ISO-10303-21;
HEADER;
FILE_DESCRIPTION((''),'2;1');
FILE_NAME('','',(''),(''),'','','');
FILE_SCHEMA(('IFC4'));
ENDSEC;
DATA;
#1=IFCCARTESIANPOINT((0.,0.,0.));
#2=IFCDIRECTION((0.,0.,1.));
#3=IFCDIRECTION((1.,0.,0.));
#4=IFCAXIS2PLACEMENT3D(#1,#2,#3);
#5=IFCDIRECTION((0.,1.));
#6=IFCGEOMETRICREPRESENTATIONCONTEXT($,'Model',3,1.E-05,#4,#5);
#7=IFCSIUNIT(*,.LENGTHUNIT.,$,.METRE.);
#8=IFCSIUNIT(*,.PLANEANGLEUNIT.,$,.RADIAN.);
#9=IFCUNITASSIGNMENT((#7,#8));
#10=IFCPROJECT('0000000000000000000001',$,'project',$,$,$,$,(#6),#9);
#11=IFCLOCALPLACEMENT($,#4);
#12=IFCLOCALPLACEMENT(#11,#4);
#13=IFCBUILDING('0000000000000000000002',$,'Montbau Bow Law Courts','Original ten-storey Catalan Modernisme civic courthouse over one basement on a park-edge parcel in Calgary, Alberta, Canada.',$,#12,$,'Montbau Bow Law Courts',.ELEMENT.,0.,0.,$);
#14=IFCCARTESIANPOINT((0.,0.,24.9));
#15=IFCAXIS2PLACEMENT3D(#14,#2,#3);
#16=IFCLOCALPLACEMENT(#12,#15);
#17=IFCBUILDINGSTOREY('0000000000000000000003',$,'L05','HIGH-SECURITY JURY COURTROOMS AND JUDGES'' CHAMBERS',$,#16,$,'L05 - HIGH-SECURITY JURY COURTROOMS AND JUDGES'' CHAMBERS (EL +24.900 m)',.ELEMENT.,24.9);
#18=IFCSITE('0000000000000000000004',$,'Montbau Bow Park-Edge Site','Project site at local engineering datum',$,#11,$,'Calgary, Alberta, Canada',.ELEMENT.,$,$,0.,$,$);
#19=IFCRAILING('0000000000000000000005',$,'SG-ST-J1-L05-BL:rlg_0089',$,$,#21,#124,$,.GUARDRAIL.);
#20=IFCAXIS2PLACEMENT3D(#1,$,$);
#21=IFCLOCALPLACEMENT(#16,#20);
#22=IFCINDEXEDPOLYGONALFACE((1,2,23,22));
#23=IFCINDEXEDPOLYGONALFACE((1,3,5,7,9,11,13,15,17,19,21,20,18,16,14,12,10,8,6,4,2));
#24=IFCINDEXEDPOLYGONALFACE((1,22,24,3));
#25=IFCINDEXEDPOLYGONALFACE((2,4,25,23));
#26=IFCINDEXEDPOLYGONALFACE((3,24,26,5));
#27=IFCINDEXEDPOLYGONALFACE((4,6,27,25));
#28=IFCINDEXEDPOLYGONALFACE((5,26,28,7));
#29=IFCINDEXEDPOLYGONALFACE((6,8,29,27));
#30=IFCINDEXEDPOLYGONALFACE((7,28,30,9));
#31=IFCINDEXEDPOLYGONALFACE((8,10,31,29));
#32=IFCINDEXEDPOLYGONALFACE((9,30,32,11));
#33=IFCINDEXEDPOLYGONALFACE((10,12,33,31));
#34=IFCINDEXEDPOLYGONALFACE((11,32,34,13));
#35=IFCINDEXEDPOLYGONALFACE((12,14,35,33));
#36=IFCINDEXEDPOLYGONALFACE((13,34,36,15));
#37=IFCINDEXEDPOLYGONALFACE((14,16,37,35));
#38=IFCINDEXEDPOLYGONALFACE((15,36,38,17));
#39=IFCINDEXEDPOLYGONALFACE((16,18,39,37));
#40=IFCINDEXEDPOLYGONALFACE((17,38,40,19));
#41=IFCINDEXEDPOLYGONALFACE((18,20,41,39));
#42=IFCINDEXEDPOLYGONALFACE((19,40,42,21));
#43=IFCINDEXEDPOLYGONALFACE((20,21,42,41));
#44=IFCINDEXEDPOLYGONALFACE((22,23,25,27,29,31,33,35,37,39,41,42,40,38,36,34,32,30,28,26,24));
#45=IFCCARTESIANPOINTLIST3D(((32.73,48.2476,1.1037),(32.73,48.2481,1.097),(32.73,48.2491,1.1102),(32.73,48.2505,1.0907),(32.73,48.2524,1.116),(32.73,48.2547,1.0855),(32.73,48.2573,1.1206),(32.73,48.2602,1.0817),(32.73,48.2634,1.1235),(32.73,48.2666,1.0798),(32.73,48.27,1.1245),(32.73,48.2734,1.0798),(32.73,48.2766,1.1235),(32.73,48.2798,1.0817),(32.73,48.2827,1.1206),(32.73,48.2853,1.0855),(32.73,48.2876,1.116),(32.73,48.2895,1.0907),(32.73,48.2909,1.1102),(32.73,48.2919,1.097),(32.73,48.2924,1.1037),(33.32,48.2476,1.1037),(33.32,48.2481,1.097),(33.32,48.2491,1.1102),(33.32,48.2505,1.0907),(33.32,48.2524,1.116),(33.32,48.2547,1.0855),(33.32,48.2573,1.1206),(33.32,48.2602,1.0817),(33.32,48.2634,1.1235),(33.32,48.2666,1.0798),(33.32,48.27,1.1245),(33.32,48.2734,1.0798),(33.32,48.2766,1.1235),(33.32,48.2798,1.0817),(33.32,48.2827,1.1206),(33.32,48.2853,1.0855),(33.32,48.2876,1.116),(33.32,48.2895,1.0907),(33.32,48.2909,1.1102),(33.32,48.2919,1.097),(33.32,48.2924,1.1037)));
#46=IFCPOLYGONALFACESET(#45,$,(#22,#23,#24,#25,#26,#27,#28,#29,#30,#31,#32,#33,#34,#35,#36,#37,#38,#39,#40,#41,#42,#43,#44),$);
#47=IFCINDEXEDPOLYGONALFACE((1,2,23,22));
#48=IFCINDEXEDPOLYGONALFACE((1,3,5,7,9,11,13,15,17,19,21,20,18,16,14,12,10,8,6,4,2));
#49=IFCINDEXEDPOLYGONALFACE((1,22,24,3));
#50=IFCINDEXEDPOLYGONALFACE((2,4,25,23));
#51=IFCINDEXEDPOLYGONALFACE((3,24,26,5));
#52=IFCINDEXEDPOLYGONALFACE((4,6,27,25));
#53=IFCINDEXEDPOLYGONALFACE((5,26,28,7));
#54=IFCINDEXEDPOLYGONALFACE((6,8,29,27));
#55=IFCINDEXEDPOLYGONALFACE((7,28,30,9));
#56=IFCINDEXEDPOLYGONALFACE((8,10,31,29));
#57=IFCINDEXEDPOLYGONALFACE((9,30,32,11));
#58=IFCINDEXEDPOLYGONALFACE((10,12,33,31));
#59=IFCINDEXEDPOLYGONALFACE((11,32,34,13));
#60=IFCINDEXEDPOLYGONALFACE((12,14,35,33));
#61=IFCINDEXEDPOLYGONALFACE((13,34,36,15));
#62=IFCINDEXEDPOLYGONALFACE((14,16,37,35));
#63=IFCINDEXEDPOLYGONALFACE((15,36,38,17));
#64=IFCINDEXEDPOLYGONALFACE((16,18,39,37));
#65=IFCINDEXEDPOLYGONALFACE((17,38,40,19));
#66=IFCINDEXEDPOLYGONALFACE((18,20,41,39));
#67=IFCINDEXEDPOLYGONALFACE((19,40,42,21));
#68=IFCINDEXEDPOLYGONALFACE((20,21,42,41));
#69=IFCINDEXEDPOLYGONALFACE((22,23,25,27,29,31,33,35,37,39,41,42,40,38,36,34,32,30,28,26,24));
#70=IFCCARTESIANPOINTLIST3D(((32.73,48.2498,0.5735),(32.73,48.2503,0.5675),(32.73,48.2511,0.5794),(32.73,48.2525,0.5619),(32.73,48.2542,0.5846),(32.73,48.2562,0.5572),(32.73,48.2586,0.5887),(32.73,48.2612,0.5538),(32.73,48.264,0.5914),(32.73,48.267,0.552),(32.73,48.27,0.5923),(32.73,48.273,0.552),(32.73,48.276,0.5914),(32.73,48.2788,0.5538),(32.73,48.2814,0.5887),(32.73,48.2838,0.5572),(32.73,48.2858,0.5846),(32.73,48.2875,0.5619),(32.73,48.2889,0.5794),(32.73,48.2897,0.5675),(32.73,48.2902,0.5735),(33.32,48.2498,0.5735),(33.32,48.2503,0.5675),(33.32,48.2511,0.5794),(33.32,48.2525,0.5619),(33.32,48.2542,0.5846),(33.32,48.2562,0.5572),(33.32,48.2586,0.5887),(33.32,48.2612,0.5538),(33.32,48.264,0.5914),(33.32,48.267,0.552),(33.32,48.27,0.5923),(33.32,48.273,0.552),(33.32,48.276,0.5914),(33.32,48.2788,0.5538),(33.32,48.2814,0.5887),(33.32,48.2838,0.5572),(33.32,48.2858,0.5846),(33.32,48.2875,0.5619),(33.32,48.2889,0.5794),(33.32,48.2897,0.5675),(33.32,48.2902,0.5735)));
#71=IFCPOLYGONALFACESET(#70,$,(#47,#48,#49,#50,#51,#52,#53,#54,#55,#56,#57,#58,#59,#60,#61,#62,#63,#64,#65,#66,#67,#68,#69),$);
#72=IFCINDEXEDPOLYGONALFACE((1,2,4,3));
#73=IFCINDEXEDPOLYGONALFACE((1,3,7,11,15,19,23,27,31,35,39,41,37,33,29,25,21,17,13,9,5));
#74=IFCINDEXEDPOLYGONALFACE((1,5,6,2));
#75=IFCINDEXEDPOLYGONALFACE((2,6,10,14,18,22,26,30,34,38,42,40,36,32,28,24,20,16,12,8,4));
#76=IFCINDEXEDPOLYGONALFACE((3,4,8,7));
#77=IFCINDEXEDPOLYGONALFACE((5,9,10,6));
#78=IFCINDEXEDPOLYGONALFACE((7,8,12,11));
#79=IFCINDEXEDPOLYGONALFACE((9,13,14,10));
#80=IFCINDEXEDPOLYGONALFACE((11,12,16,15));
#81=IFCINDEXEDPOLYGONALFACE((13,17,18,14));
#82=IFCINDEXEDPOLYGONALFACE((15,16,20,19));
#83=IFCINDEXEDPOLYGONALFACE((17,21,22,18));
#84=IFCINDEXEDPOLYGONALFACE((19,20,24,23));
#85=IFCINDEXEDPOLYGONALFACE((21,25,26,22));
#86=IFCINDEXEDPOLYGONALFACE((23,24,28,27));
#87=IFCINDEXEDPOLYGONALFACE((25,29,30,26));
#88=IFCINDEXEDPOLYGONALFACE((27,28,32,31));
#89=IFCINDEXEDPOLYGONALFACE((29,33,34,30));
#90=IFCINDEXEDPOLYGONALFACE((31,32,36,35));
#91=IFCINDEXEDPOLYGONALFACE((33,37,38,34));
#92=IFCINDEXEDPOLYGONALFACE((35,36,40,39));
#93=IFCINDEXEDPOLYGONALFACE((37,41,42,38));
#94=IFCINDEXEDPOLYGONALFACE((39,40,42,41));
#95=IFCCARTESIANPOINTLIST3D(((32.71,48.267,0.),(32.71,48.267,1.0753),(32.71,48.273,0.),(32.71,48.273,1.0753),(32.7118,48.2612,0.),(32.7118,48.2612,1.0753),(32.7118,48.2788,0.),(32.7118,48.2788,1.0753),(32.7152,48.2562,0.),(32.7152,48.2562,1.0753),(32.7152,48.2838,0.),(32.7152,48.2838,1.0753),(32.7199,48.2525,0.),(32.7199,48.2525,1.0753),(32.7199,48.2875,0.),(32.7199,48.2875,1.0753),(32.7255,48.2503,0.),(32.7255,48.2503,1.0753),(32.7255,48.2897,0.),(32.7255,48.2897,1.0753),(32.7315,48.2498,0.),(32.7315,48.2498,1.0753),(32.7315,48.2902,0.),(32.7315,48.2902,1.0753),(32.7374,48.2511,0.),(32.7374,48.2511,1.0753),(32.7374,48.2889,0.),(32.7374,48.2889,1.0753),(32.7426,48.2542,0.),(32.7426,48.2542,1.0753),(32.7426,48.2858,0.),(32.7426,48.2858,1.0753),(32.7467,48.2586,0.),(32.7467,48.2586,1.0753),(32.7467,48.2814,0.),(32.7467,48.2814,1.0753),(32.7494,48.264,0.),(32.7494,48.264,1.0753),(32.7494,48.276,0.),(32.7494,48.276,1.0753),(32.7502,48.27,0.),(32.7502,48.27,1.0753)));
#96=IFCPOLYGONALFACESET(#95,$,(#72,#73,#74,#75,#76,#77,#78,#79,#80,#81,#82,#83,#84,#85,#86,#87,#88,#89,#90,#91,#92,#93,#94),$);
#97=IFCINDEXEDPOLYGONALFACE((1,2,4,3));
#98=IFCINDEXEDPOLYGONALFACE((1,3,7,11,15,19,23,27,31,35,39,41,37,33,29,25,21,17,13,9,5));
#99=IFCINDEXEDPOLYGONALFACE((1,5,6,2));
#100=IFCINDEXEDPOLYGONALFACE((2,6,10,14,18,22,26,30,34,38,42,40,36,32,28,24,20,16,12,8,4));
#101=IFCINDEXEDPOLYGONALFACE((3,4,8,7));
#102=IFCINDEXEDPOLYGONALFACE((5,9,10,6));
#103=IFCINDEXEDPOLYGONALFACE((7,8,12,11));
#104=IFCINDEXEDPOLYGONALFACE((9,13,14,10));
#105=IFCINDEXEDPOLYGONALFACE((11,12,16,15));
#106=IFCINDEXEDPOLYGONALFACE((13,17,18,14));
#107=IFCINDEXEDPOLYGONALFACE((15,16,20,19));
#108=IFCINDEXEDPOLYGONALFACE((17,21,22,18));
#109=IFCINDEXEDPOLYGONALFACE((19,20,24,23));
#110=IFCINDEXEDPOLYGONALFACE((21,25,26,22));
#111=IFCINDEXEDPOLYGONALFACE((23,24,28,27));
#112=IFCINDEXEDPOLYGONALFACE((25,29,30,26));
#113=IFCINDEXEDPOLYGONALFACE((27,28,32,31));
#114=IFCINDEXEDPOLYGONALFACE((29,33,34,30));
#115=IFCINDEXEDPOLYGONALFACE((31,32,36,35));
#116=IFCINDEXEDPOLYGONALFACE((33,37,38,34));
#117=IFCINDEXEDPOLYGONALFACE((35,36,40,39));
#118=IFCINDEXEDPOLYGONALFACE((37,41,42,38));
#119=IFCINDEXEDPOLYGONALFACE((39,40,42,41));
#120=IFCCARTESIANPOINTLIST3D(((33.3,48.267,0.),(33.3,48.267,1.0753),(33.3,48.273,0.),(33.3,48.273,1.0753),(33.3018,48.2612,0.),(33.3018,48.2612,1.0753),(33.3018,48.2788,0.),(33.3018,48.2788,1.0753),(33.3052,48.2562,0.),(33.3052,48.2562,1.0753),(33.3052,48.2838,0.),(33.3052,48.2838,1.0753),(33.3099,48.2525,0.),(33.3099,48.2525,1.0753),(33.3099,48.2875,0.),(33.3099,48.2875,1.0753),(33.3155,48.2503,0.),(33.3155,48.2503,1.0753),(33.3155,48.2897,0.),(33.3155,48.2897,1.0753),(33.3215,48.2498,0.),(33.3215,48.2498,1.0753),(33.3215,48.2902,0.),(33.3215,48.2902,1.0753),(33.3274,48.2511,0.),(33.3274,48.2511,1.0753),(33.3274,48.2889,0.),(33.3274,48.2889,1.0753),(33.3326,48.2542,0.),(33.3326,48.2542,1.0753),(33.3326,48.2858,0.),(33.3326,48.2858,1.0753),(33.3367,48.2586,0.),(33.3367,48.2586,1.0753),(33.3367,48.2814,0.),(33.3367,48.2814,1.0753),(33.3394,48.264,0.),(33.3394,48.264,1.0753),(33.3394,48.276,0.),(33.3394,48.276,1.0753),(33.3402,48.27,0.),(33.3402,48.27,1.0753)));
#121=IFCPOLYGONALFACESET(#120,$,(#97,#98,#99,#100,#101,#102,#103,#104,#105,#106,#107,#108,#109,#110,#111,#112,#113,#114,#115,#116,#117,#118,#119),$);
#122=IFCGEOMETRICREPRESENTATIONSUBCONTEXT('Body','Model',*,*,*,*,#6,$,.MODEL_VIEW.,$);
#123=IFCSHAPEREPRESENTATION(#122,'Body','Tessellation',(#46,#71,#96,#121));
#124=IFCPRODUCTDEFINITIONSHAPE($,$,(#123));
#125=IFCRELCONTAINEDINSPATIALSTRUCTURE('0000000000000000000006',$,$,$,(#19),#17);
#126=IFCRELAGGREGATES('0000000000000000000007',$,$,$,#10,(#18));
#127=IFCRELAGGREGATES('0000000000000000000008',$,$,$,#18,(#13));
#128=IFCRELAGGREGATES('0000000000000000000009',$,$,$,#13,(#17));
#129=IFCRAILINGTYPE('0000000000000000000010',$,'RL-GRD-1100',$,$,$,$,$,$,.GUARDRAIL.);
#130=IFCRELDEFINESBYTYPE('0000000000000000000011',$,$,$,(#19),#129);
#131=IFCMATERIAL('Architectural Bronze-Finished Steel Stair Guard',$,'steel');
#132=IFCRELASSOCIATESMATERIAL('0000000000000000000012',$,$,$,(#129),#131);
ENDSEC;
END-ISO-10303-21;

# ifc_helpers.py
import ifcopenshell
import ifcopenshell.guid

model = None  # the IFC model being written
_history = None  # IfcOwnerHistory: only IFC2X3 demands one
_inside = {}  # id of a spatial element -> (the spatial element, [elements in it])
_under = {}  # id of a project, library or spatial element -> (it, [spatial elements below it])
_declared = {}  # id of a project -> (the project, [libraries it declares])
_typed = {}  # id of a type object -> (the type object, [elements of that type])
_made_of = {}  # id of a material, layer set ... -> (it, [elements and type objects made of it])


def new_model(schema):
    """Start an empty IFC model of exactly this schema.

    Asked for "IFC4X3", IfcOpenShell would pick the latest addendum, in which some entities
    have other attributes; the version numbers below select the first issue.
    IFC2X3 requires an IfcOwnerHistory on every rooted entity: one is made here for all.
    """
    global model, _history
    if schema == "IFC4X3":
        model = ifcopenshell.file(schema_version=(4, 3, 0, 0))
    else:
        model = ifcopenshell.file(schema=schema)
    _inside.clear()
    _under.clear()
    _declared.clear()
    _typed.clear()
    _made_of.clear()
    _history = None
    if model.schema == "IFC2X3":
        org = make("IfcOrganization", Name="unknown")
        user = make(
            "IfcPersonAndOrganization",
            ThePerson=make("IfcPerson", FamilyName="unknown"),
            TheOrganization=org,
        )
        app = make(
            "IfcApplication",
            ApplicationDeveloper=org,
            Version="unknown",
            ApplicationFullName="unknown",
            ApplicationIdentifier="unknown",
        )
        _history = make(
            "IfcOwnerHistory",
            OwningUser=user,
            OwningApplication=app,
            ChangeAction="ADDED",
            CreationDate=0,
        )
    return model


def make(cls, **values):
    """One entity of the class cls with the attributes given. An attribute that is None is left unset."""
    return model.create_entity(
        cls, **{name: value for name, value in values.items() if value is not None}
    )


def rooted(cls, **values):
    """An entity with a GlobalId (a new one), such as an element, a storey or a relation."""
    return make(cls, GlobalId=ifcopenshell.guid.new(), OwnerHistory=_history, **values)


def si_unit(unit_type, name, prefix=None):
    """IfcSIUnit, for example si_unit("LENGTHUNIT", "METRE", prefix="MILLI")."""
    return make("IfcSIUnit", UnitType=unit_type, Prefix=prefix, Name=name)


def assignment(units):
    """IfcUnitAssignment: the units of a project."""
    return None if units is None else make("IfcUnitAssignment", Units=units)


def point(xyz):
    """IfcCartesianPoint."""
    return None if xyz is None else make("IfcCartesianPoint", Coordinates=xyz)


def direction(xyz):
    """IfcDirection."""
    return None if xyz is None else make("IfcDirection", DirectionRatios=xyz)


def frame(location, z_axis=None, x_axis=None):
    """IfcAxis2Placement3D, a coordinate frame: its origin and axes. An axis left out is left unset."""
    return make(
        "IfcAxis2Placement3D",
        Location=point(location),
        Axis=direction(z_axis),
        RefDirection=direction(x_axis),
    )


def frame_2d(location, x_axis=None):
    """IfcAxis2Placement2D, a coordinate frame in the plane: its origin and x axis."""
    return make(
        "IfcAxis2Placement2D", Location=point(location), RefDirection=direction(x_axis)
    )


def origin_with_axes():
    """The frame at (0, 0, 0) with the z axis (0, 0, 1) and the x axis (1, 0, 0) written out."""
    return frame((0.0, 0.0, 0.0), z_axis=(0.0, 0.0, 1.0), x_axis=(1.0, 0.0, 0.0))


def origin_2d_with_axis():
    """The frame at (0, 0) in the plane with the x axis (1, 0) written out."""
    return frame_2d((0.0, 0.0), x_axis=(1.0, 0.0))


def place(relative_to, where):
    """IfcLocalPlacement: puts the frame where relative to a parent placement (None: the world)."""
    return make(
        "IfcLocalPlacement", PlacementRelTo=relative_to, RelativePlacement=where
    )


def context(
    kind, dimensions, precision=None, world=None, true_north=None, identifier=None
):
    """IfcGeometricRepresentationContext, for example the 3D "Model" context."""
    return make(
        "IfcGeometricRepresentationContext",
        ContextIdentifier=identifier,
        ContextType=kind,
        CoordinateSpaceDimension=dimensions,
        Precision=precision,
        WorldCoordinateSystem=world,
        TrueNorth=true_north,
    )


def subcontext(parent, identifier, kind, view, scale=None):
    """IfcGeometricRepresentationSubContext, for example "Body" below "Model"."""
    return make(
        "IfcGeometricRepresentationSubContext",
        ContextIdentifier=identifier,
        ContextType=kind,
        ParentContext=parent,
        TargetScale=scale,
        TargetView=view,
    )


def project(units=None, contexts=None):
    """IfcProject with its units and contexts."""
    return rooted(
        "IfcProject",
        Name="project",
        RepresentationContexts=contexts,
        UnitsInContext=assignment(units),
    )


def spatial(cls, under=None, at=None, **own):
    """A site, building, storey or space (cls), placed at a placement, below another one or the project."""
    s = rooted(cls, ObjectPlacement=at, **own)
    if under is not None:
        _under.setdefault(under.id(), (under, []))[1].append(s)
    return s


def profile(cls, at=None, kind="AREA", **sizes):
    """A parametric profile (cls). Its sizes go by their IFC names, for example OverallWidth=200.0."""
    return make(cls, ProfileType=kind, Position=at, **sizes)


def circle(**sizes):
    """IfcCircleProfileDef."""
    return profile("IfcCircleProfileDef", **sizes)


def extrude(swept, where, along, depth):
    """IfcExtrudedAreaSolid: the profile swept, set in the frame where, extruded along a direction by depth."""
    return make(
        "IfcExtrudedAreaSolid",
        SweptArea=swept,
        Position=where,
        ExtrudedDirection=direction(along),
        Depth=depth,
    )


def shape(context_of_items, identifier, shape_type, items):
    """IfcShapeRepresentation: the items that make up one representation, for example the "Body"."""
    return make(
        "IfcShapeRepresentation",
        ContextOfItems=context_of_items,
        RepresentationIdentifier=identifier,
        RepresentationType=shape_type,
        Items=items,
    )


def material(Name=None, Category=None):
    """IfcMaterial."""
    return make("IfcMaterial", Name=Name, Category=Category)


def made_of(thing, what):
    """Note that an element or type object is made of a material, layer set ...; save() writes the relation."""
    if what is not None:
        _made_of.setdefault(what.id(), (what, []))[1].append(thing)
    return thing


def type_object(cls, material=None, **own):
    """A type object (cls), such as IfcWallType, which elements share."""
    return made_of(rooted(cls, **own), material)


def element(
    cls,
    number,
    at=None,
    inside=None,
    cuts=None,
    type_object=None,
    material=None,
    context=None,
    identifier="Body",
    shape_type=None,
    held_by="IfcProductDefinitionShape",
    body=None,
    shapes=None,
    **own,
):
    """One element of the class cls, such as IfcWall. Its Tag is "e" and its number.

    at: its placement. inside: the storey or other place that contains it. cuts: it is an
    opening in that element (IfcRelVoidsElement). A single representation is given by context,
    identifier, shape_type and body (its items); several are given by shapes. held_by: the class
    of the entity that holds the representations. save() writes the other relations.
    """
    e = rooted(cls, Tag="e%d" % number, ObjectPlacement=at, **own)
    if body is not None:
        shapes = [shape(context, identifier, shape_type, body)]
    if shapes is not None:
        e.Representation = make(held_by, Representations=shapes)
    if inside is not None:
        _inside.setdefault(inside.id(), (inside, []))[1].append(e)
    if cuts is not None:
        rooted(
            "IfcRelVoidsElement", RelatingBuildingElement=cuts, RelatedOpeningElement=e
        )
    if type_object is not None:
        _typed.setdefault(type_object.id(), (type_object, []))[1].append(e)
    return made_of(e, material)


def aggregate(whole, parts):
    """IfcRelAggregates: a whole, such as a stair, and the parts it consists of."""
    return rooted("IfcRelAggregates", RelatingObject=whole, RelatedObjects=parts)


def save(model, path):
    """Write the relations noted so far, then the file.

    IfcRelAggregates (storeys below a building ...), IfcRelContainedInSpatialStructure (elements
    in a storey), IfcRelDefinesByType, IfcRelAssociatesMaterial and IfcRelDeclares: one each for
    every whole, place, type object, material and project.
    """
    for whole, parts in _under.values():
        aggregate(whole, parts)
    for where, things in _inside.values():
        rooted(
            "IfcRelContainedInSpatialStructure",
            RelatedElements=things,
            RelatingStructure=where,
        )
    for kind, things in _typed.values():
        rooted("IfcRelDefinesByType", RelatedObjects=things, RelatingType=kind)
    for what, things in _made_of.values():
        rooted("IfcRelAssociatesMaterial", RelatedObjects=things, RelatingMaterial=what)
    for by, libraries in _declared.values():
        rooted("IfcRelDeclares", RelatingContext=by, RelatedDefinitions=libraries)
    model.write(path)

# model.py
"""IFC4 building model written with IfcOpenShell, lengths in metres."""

from ifc_helpers import new_model, si_unit, direction, frame, origin_with_axes, origin_2d_with_axis, place, context, subcontext, project, spatial, circle, extrude, material, type_object, element, save


model = new_model("IFC4")

# Units and contexts
model_context = context("Model", 3, precision=1e-05, world=origin_with_axes(), true_north=direction((0.0, 1.0)))
body_context = subcontext(model_context, "Body", "Model", "MODEL_VIEW")
ifc_project = project(units=[si_unit("LENGTHUNIT", "METRE"), si_unit("PLANEANGLEUNIT", "RADIAN")], contexts=[model_context])

# Site, building, storey
site_placement = place(None, origin_with_axes())
site = spatial("IfcSite", under=ifc_project, at=site_placement, Name="Montbau Bow Park-Edge Site", Description="Project site at local engineering datum", LongName="Calgary, Alberta, Canada", CompositionType="ELEMENT", RefElevation=0.0)
building_placement = place(site_placement, origin_with_axes())
building = spatial("IfcBuilding", under=site, at=building_placement, Name="Montbau Bow Law Courts", Description="Original ten-storey Catalan Modernisme civic courthouse over one basement on a park-edge parcel in Calgary, Alberta, Canada.", LongName="Montbau Bow Law Courts", CompositionType="ELEMENT", ElevationOfRefHeight=0.0, ElevationOfTerrain=0.0)
storey_placement = place(building_placement, frame((0.0, 0.0, 24.9), z_axis=(0.0, 0.0, 1.0), x_axis=(1.0, 0.0, 0.0)))
storey = spatial("IfcBuildingStorey", under=building, at=storey_placement, Name="L05", Description="HIGH-SECURITY JURY COURTROOMS AND JUDGES' CHAMBERS", LongName="L05 - HIGH-SECURITY JURY COURTROOMS AND JUDGES' CHAMBERS (EL +24.900 m)", CompositionType="ELEMENT", Elevation=24.9)

# Railing
ifc_material_1 = material(Name="Architectural Bronze-Finished Steel Stair Guard", Category="steel")
railing_type_1 = type_object("IfcRailingType", Name="RL-GRD-1100", PredefinedType="GUARDRAIL", material=ifc_material_1)
railing_1_placement = place(None, origin_with_axes())
element("IfcRailing", 1, at=railing_1_placement, inside=storey, type_object=railing_type_1, Name="SG-ST-J1-L05-BL:rlg_0089", PredefinedType="GUARDRAIL", context=body_context, shape_type="SweptSolid", body=[
    extrude(circle(Radius=0.0225, at=origin_2d_with_axis()), frame((32.73, 48.27, 26.002), z_axis=(1.0, 0.0, 0.0), x_axis=(0.0, 0.0, 1.0)), (0.0, 0.0, 1.0), 0.59),
    extrude(circle(Radius=0.0203, at=origin_2d_with_axis()), frame((32.73, 48.27, 25.472), z_axis=(1.0, 0.0, 0.0), x_axis=(0.0, 0.0, 1.0)), (0.0, 0.0, 1.0), 0.59),
    extrude(circle(Radius=0.0203, at=origin_2d_with_axis()), frame((32.73, 48.27, 24.9), z_axis=(0.0, 0.0, 1.0), x_axis=(1.0, 0.0, 0.0)), (0.0, 0.0, 1.0), 1.0753),
    extrude(circle(Radius=0.0203, at=origin_2d_with_axis()), frame((33.32, 48.27, 24.9), z_axis=(0.0, 0.0, 1.0), x_axis=(1.0, 0.0, 0.0)), (0.0, 0.0, 1.0), 1.0753),
])

save(model, "model.ifc")
